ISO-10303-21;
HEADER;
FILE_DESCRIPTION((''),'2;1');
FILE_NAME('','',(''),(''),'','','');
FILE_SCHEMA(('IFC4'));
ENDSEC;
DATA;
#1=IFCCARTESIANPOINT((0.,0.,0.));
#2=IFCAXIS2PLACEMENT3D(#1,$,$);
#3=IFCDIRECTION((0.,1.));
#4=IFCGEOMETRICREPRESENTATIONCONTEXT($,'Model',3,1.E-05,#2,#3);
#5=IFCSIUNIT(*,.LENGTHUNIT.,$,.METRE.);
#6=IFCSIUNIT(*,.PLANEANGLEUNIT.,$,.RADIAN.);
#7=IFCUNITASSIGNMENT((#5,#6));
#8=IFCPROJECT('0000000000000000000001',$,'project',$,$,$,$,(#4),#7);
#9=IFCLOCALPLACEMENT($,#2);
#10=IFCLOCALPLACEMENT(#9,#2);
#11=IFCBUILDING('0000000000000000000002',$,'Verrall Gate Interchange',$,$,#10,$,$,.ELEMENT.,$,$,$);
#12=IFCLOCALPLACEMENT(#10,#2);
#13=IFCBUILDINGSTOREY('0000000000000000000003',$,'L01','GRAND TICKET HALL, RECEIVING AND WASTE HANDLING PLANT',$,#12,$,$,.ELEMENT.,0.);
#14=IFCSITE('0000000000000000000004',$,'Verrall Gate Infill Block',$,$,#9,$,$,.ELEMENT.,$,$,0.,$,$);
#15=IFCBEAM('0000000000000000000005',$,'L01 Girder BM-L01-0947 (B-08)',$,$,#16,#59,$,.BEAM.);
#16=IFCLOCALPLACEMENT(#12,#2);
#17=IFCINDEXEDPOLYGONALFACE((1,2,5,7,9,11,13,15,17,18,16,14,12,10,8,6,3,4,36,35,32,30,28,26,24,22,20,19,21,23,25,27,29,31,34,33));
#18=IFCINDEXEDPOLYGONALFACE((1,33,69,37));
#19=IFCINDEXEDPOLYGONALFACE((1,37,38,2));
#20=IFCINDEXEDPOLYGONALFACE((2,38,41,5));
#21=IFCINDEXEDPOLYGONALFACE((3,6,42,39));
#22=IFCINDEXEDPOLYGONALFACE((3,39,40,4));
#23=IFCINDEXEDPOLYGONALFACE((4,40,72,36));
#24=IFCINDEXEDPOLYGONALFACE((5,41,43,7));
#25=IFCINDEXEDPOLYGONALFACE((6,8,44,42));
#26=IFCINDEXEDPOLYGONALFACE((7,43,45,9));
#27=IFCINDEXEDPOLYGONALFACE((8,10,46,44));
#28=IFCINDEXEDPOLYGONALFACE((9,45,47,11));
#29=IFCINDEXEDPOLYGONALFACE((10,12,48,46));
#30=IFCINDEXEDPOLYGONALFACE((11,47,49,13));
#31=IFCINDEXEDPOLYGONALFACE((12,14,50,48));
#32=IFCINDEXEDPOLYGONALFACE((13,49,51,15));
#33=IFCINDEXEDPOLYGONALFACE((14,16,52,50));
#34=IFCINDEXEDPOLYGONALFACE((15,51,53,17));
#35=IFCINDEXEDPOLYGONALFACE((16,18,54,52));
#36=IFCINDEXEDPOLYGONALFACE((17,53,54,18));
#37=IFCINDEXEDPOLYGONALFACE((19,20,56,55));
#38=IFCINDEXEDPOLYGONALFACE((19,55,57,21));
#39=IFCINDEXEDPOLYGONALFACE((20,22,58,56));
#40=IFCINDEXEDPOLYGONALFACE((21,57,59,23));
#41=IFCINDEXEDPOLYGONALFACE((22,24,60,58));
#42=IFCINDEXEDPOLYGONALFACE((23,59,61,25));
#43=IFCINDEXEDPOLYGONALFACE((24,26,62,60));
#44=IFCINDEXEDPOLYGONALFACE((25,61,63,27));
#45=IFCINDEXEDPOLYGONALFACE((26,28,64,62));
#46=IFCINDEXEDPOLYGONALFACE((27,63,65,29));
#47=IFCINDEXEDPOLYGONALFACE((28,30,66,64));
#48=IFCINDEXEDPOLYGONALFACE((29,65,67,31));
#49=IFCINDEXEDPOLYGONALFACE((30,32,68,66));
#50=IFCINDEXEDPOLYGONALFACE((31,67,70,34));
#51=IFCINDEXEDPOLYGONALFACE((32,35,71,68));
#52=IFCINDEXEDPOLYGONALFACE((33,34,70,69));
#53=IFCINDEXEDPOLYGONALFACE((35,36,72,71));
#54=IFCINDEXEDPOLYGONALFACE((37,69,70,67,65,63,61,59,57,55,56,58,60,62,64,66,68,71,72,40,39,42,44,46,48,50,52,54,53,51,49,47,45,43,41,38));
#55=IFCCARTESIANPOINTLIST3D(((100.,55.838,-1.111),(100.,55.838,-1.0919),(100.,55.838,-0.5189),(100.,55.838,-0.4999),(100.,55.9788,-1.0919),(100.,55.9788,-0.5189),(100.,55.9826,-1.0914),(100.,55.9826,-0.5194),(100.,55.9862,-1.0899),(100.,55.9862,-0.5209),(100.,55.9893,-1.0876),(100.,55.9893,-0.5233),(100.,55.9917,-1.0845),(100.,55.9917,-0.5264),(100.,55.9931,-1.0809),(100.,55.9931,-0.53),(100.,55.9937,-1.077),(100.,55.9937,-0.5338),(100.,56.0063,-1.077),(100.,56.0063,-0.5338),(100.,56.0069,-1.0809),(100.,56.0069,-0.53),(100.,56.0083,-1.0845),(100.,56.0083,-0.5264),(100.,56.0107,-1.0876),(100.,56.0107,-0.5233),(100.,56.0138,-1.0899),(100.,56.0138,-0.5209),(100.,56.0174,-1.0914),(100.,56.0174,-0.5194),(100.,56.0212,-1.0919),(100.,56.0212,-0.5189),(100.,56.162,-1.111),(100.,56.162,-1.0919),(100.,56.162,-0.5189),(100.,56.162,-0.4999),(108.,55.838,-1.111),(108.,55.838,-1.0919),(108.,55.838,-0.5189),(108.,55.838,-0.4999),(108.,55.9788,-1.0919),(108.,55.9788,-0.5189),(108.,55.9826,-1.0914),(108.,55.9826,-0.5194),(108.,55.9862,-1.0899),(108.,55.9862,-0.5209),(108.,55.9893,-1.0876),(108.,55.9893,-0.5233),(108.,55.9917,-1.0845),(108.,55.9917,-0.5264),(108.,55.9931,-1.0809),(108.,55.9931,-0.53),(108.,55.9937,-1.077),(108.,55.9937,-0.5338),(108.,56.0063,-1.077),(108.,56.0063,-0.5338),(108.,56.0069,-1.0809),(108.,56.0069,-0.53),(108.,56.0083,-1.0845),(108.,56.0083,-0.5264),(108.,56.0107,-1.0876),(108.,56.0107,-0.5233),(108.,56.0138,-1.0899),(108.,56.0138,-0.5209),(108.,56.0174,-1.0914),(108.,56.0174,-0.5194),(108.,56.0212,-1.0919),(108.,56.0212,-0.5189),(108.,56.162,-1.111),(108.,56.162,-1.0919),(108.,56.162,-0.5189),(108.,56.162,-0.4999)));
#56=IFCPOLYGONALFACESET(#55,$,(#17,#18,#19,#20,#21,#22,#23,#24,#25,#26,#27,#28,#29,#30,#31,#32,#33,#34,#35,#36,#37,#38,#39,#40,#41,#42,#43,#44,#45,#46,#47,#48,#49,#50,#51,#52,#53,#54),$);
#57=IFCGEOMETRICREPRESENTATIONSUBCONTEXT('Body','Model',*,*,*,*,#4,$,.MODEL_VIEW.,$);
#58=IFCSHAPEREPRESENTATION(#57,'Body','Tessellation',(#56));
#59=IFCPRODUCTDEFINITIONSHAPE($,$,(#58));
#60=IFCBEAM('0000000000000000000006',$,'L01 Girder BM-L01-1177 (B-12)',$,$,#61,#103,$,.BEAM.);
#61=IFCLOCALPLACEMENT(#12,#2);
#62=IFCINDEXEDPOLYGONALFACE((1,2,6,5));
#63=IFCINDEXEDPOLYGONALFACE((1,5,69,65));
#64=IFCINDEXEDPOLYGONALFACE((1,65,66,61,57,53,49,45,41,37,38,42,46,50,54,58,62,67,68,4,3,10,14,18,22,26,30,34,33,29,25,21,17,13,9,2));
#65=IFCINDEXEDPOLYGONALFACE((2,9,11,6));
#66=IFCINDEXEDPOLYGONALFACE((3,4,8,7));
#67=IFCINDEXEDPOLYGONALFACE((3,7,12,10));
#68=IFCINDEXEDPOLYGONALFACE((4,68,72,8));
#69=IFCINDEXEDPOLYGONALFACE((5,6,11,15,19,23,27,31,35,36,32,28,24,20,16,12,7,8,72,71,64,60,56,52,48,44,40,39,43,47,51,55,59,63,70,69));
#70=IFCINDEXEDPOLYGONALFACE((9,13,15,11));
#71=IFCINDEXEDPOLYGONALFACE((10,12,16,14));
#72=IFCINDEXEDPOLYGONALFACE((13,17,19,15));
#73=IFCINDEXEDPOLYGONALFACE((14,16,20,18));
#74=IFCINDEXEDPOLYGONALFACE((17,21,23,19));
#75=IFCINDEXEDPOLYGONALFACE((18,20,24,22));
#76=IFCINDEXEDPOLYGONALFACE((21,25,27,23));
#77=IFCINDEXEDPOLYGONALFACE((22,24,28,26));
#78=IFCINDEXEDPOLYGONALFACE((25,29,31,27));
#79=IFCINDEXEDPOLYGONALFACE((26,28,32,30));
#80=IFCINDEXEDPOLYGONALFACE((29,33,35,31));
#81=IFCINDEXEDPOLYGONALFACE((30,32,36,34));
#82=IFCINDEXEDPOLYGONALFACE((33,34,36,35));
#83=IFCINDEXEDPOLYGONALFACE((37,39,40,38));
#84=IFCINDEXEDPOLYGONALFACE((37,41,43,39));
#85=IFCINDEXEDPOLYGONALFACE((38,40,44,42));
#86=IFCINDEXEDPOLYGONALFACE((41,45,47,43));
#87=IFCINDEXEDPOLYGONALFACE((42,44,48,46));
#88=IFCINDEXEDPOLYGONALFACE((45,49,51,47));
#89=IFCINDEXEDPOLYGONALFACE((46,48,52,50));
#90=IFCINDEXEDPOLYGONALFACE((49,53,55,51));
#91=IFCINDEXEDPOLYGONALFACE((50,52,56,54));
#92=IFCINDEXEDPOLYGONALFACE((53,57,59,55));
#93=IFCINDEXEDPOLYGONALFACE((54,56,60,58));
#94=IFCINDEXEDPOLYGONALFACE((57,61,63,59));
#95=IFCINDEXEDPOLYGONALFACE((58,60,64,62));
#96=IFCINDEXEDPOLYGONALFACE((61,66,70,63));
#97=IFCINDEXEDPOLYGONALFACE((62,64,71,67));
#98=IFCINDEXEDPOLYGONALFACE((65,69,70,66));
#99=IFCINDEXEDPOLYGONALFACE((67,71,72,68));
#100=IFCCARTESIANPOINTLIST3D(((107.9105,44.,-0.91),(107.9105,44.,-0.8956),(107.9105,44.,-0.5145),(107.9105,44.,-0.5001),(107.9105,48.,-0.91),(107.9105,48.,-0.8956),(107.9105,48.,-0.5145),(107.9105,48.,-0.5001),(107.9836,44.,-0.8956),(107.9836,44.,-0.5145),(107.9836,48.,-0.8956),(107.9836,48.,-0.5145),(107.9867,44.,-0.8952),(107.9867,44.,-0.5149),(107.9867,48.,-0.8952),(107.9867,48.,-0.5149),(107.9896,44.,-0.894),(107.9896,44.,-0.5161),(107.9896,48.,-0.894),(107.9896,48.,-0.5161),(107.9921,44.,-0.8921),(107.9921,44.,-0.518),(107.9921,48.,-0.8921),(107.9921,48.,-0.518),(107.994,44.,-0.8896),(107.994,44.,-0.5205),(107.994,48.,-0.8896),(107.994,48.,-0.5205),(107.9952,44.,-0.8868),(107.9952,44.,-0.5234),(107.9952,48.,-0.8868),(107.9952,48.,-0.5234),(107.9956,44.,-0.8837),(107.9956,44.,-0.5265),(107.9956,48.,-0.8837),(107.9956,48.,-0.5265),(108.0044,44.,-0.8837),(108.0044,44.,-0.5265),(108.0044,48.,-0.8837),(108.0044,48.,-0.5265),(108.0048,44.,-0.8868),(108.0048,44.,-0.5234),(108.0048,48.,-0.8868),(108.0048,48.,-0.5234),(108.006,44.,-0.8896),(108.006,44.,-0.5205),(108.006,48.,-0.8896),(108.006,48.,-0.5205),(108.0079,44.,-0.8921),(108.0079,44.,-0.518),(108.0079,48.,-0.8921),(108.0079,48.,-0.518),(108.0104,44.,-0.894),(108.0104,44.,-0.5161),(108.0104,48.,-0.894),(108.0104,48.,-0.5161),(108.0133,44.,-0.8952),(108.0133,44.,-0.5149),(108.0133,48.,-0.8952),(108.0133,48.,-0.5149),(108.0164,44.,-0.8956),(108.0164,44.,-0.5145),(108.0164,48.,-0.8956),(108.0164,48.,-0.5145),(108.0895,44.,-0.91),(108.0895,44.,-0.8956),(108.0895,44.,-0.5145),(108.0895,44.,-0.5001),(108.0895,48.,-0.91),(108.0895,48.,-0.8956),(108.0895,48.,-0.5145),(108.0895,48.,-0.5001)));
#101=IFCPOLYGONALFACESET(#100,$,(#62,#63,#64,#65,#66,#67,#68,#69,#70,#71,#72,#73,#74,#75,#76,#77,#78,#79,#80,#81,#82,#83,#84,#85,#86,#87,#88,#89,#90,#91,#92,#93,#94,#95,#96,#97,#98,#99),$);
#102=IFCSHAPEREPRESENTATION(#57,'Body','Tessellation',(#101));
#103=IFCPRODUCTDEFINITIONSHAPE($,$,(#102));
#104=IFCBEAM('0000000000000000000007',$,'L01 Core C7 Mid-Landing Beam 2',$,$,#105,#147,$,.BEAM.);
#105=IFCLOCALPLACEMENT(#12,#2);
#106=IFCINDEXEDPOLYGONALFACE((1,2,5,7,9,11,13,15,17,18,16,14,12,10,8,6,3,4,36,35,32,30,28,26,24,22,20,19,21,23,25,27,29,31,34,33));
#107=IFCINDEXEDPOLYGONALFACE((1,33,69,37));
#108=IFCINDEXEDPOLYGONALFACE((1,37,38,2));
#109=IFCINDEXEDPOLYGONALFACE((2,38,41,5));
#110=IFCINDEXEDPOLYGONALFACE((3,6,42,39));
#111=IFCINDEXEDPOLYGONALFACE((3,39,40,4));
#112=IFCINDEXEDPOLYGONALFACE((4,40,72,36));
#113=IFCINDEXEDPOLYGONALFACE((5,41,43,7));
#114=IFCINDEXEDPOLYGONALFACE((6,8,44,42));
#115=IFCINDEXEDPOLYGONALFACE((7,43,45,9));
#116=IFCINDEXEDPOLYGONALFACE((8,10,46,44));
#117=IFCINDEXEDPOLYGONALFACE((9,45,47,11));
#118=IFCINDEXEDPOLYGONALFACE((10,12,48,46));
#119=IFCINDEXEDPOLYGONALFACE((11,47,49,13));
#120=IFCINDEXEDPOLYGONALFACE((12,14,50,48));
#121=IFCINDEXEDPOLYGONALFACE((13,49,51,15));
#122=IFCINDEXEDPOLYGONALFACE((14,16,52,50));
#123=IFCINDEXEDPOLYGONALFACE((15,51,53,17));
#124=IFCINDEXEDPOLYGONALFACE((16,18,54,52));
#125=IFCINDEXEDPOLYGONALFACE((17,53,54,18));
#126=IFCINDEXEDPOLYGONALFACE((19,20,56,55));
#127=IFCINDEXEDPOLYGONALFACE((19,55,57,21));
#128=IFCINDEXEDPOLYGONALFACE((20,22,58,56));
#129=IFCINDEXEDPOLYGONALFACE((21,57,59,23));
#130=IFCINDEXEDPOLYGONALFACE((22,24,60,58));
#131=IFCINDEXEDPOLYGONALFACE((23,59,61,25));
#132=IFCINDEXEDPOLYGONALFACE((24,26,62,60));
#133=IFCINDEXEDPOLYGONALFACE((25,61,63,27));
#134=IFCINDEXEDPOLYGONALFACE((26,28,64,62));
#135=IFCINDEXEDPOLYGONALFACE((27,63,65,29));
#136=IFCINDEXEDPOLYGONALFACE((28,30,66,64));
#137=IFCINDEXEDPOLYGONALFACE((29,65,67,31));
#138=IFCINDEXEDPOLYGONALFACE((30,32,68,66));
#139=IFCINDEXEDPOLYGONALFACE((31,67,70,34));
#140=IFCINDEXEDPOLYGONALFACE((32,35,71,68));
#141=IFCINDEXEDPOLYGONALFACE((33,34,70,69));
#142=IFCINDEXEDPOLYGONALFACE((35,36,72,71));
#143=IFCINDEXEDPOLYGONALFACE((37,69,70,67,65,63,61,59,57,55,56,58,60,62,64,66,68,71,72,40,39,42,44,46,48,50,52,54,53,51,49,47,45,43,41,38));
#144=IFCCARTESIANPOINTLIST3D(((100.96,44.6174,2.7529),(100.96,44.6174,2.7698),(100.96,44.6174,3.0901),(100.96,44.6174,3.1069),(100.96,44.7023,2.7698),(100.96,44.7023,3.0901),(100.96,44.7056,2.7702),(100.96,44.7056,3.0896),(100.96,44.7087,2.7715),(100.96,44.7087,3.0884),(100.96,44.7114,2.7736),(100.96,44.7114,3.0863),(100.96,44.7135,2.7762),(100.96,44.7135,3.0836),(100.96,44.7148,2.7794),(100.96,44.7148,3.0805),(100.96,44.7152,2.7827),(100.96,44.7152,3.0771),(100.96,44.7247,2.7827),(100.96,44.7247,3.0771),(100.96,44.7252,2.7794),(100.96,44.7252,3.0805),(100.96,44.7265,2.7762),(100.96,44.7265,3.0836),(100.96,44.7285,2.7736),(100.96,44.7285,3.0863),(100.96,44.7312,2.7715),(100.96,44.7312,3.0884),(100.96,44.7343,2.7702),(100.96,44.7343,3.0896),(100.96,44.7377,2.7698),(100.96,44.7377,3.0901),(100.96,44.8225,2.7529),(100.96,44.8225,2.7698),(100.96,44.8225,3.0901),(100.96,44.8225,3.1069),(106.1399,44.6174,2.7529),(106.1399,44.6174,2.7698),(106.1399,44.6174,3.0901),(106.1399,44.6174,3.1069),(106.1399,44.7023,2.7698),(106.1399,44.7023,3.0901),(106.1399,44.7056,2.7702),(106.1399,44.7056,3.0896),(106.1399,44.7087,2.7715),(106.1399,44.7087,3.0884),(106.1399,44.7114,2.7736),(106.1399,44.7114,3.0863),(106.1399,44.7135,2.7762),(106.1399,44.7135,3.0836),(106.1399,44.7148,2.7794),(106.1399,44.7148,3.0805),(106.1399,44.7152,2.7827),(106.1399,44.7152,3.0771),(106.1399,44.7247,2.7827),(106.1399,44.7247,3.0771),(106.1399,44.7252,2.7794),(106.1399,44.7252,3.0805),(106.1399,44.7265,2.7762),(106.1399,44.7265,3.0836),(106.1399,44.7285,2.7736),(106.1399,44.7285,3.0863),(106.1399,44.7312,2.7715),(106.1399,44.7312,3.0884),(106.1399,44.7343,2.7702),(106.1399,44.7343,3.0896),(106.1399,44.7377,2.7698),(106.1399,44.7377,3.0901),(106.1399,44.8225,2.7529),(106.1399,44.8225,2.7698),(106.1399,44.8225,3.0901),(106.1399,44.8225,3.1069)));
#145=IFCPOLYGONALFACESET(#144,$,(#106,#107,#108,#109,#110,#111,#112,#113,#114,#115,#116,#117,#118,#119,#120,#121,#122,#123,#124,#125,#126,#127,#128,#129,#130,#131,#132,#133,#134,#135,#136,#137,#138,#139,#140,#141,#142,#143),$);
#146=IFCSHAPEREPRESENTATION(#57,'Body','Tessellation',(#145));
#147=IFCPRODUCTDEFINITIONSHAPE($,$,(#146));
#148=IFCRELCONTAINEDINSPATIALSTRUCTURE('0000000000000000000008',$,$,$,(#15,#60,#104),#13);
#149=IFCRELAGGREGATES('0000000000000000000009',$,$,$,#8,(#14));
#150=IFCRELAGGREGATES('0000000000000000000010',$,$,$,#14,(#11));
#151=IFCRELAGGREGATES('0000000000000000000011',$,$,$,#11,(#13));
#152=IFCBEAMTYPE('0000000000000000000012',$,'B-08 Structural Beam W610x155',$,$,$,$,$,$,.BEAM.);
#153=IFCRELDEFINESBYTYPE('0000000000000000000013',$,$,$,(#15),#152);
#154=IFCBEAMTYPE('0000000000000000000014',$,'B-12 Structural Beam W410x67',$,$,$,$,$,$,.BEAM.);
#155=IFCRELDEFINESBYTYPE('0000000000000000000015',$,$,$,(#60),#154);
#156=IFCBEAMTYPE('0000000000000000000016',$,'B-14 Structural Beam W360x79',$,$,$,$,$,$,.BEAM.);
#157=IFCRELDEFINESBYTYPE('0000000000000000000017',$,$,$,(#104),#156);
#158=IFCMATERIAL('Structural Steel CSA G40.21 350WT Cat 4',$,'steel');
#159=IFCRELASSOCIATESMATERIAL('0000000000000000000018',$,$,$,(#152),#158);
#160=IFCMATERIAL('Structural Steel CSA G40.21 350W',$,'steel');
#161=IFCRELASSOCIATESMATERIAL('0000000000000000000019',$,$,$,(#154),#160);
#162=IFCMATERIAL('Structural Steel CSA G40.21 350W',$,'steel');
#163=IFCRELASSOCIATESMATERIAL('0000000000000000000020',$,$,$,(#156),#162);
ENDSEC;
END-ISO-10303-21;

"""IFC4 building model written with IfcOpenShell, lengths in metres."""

from ifc_helpers import new_model, si_unit, direction, frame, origin, origin_2d, place, context, subcontext, project, spatial, i_section, extrude, material, material_profile, profile_set, type_object, element, save


model = new_model("IFC4")

# Units and contexts
model_context = context("Model", 3, precision=1e-05, world=origin(), true_north=direction((0.0, 1.0)))
body_context = subcontext(model_context, "Body", "Model", "MODEL_VIEW")
ifc_project = project(units=[si_unit("LENGTHUNIT", "METRE"), si_unit("PLANEANGLEUNIT", "RADIAN")], contexts=[model_context])

# Site, building, storey
site_placement = place(None, origin())
site = spatial("IfcSite", under=ifc_project, at=site_placement, Name="Verrall Gate Infill Block", CompositionType="ELEMENT", RefElevation=0.0)
building_placement = place(site_placement, origin())
building = spatial("IfcBuilding", under=site, at=building_placement, Name="Verrall Gate Interchange", CompositionType="ELEMENT")
storey_placement = place(building_placement, origin())
storey = spatial("IfcBuildingStorey", under=building, at=storey_placement, Name="L01", Description="GRAND TICKET HALL, RECEIVING AND WASTE HANDLING PLANT", CompositionType="ELEMENT", Elevation=0.0)

# Beams
ifc_material_1 = material(Name="Structural Steel CSA G40.21 350WT Cat 4", Category="steel")
ifc_material_profile_1 = material_profile(ifc_material_1, i_section(OverallWidth=0.324, OverallDepth=0.6111, WebThickness=0.0127, FlangeThickness=0.019, FilletRadius=0.0149, at=origin_2d()), Name="W610x155")
ifc_profile_set_1 = profile_set([ifc_material_profile_1], Name="Structural Steel CSA G40.21 350WT Cat 4")
beam_type_1 = type_object("IfcBeamType", Name="B-08 Structural Beam W610x155", PredefinedType="BEAM", material=ifc_profile_set_1)
beam_1_placement = place(storey_placement, frame((100.0, 56.0, -0.8054), z_axis=(1.0, 0.0, 0.0), x_axis=(0.0, 1.0, 0.0)))
element("IfcBeam", 1, at=beam_1_placement, inside=storey, type_object=beam_type_1, Name="L01 Girder BM-L01-0947 (B-08)", PredefinedType="BEAM", context=body_context, shape_type="SweptSolid", body=[
    extrude(i_section(OverallWidth=0.324, OverallDepth=0.6111, WebThickness=0.0127, FlangeThickness=0.019, FilletRadius=0.0149, at=origin_2d()), origin(), (0.0, 0.0, 1.0), 8.0),
])
ifc_material_2 = material(Name="Structural Steel CSA G40.21 350W", Category="steel")
ifc_material_profile_2 = material_profile(ifc_material_2, i_section(OverallWidth=0.179, OverallDepth=0.4099, WebThickness=0.0088, FlangeThickness=0.0144, FilletRadius=0.012, at=origin_2d()), Name="W410x67")
ifc_profile_set_2 = profile_set([ifc_material_profile_2], Name="Structural Steel CSA G40.21 350W")
beam_type_2 = type_object("IfcBeamType", Name="B-12 Structural Beam W410x67", PredefinedType="BEAM", material=ifc_profile_set_2)
beam_2_placement = place(storey_placement, frame((108.0, 44.0, -0.7051), z_axis=(0.0, 1.0, 0.0), x_axis=(-1.0, 0.0, 0.0)))
element("IfcBeam", 2, at=beam_2_placement, inside=storey, type_object=beam_type_2, Name="L01 Girder BM-L01-1177 (B-12)", PredefinedType="BEAM", context=body_context, shape_type="SweptSolid", body=[
    extrude(i_section(OverallWidth=0.179, OverallDepth=0.4099, WebThickness=0.0088, FlangeThickness=0.0144, FilletRadius=0.012, at=origin_2d()), origin(), (0.0, 0.0, 1.0), 4.0),
])
ifc_material_3 = material(Name="Structural Steel CSA G40.21 350W", Category="steel")
ifc_material_profile_3 = material_profile(ifc_material_3, i_section(OverallWidth=0.2051, OverallDepth=0.354, WebThickness=0.0095, FlangeThickness=0.0168, FilletRadius=0.0129, at=origin_2d()), Name="W360x79")
ifc_profile_set_3 = profile_set([ifc_material_profile_3], Name="Structural Steel CSA G40.21 350W")
beam_type_3 = type_object("IfcBeamType", Name="B-14 Structural Beam W360x79", PredefinedType="BEAM", material=ifc_profile_set_3)
beam_3_placement = place(storey_placement, frame((100.96, 44.72, 2.9299), z_axis=(1.0, 0.0, 0.0), x_axis=(0.0, 1.0, 0.0)))
element("IfcBeam", 3, at=beam_3_placement, inside=storey, type_object=beam_type_3, Name="L01 Core C7 Mid-Landing Beam 2", PredefinedType="BEAM", context=body_context, shape_type="SweptSolid", body=[
    extrude(i_section(OverallWidth=0.2051, OverallDepth=0.354, WebThickness=0.0095, FlangeThickness=0.0168, FilletRadius=0.0129, at=origin_2d()), origin(), (0.0, 0.0, 1.0), 5.1799),
])

save(model, "model.ifc")
